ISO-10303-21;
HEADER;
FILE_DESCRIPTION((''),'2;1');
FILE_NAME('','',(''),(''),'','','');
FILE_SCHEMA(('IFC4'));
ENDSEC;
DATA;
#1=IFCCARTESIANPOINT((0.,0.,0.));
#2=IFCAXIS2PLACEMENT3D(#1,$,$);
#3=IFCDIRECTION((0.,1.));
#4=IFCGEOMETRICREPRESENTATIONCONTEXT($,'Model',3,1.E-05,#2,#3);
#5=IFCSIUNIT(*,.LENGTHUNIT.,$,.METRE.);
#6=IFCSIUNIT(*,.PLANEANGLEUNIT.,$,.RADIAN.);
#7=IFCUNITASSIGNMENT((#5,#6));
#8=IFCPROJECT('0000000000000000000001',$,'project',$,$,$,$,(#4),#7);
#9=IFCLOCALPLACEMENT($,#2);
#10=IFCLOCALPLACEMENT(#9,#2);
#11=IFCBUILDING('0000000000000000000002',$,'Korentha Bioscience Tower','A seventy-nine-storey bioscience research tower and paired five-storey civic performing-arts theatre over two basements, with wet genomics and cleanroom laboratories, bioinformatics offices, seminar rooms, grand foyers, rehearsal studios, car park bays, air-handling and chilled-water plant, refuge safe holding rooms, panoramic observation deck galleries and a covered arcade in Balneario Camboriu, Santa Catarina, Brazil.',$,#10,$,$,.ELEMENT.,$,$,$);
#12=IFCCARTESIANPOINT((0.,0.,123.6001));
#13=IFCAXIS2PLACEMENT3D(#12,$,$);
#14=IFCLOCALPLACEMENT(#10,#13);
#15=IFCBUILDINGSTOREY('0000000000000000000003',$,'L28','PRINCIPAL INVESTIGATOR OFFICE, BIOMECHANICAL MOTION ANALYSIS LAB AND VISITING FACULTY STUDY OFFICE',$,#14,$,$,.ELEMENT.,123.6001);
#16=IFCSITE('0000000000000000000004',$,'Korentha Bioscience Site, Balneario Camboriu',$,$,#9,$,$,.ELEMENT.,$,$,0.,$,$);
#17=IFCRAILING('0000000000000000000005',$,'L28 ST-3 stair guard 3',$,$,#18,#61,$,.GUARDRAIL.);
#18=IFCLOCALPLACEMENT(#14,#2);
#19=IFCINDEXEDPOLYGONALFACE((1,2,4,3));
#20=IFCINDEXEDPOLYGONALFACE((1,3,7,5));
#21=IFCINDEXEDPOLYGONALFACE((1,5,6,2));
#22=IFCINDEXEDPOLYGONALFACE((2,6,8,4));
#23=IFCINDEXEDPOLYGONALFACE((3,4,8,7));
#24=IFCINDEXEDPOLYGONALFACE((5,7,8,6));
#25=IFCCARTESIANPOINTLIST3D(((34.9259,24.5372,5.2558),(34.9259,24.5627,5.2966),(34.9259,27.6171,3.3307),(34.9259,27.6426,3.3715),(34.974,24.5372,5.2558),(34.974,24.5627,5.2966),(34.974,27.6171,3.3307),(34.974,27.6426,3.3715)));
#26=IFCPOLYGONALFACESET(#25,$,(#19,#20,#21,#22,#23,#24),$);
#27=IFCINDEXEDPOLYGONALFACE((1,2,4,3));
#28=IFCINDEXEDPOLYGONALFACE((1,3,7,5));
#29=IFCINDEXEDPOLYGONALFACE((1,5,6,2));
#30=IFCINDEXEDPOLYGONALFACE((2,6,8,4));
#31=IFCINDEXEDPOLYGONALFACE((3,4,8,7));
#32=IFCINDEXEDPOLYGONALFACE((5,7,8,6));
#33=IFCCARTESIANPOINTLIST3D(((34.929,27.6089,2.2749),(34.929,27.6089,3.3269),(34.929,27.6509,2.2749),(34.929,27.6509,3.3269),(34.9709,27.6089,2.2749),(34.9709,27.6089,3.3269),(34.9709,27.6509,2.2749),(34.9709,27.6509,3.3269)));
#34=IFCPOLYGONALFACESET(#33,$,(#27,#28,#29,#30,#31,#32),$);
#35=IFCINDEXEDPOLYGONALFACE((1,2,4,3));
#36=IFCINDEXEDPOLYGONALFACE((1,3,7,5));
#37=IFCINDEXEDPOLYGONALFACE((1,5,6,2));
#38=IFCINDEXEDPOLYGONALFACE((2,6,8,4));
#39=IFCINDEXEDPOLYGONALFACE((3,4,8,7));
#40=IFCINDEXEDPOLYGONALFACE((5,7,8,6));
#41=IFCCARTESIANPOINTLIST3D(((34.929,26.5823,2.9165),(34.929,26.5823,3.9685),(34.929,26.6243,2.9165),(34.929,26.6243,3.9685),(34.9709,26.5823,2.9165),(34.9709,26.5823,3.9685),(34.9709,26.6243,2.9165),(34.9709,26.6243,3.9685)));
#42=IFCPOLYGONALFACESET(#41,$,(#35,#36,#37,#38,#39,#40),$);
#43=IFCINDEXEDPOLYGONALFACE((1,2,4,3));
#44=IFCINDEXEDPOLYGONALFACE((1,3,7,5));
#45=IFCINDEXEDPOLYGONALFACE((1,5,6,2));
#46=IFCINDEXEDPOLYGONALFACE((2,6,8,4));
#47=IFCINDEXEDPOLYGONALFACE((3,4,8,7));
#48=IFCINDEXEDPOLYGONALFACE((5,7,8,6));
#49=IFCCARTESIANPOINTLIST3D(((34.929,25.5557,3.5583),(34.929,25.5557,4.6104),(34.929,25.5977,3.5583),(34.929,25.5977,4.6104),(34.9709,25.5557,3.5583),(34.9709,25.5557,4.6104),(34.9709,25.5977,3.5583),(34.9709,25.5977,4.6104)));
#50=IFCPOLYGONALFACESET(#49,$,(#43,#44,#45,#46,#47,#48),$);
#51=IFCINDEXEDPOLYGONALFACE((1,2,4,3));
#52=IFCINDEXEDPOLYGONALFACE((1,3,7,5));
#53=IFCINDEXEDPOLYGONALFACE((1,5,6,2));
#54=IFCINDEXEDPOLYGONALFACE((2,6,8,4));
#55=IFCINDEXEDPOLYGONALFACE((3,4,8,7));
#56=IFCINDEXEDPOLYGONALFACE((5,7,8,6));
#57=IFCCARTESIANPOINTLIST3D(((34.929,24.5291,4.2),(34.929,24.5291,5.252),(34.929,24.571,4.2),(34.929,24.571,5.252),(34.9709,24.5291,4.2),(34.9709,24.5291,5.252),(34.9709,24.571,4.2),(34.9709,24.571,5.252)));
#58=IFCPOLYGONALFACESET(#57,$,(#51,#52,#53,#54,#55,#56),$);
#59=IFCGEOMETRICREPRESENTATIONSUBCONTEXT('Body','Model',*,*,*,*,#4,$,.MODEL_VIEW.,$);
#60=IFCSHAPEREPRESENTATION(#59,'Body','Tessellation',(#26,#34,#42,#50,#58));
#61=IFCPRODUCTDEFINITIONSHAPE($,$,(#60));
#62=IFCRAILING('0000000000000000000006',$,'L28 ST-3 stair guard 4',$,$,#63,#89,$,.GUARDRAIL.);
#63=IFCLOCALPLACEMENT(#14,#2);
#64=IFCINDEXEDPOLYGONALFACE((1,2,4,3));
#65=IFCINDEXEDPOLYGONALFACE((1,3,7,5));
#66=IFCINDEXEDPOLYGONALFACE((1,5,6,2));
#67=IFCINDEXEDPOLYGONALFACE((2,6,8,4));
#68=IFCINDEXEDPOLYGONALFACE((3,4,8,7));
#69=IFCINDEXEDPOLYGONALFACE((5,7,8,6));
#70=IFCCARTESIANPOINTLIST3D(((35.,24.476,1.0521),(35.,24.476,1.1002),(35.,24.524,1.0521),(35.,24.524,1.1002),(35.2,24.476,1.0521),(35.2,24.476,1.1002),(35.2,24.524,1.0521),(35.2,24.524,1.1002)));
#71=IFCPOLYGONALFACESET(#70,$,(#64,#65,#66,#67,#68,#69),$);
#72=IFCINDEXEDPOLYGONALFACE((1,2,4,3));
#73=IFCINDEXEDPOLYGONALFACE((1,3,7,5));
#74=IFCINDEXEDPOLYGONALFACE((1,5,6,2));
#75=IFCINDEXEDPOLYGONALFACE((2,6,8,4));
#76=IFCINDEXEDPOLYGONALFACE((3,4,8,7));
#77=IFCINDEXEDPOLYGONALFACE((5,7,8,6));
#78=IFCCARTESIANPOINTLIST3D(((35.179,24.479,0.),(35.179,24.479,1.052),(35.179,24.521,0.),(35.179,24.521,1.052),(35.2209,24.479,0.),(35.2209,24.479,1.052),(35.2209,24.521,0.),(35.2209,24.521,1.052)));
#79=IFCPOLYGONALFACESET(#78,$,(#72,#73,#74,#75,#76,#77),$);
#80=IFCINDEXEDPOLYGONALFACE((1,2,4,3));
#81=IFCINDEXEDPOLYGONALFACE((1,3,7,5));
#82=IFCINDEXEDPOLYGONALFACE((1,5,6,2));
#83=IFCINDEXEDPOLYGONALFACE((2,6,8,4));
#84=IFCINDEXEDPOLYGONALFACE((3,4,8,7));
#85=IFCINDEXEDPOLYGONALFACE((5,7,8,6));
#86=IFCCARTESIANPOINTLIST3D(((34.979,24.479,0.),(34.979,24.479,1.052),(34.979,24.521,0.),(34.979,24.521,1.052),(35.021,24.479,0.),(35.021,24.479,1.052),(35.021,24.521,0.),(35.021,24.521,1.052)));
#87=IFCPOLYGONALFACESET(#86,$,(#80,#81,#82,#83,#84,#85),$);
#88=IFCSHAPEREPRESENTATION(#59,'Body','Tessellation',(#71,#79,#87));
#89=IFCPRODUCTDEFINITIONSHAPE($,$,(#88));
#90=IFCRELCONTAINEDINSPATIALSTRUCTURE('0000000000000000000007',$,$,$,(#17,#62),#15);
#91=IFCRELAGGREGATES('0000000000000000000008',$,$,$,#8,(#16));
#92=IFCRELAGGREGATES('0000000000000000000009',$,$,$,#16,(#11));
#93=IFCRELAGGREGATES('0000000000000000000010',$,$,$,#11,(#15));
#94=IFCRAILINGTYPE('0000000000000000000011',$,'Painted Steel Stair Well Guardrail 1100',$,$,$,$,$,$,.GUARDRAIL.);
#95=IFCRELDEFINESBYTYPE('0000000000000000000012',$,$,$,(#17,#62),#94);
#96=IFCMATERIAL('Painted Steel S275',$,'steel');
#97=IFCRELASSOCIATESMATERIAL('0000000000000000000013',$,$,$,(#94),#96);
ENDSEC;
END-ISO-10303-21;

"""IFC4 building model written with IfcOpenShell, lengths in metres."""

from ifc_helpers import new_model, si_unit, direction, frame, origin, origin_2d, place, context, subcontext, project, spatial, rectangle, extrude, material, type_object, element, save


model = new_model("IFC4")

# Units and contexts
model_context = context("Model", 3, precision=1e-05, world=origin(), true_north=direction((0.0, 1.0)))
body_context = subcontext(model_context, "Body", "Model", "MODEL_VIEW")
ifc_project = project(units=[si_unit("LENGTHUNIT", "METRE"), si_unit("PLANEANGLEUNIT", "RADIAN")], contexts=[model_context])

# Site, building, storey
site_placement = place(None, origin())
site = spatial("IfcSite", under=ifc_project, at=site_placement, Name="Korentha Bioscience Site, Balneario Camboriu", CompositionType="ELEMENT", RefElevation=0.0)
building_placement = place(site_placement, origin())
building = spatial("IfcBuilding", under=site, at=building_placement, Name="Korentha Bioscience Tower", Description="A seventy-nine-storey bioscience research tower and paired five-storey civic performing-arts theatre over two basements, with wet genomics and cleanroom laboratories, bioinformatics offices, seminar rooms, grand foyers, rehearsal studios, car park bays, air-handling and chilled-water plant, refuge safe holding rooms, panoramic observation deck galleries and a covered arcade in Balneario Camboriu, Santa Catarina, Brazil.", CompositionType="ELEMENT")
storey_placement = place(building_placement, frame((0.0, 0.0, 123.6001)))
storey = spatial("IfcBuildingStorey", under=building, at=storey_placement, Name="L28", Description="PRINCIPAL INVESTIGATOR OFFICE, BIOMECHANICAL MOTION ANALYSIS LAB AND VISITING FACULTY STUDY OFFICE", CompositionType="ELEMENT", Elevation=123.6001)

# Railings
ifc_material_1 = material(Name="Painted Steel S275", Category="steel")
railing_type_1 = type_object("IfcRailingType", Name="Painted Steel Stair Well Guardrail 1100", PredefinedType="GUARDRAIL", material=ifc_material_1)
railing_1_placement = place(storey_placement, frame((34.95, 27.6299, 2.2749)))
element("IfcRailing", 1, at=railing_1_placement, inside=storey, type_object=railing_type_1, Name="L28 ST-3 stair guard 3", PredefinedType="GUARDRAIL", context=body_context, shape_type="SweptSolid", body=[
    extrude(rectangle(XDim=0.0481, YDim=0.0481, at=origin_2d()), frame((0.0, 0.0, 1.0762), z_axis=(0.0, -0.847979, 0.530029), x_axis=(1.0, 0.0, 0.0)), (0.0, 0.0, 1.0), 3.6321),
    extrude(rectangle(XDim=0.042, YDim=0.042, at=origin_2d()), origin(), (0.0, 0.0, 1.0), 1.052),
    extrude(rectangle(XDim=0.042, YDim=0.042, at=origin_2d()), frame((0.0, -1.0266, 0.6416)), (0.0, 0.0, 1.0), 1.052),
    extrude(rectangle(XDim=0.042, YDim=0.042, at=origin_2d()), frame((0.0, -2.0532, 1.2834)), (0.0, 0.0, 1.0), 1.052),
    extrude(rectangle(XDim=0.042, YDim=0.042, at=origin_2d()), frame((0.0, -3.0798, 1.925)), (0.0, 0.0, 1.0), 1.052),
])
railing_2_placement = place(storey_placement, frame((35.2, 24.5, 0.0)))
element("IfcRailing", 2, at=railing_2_placement, inside=storey, type_object=railing_type_1, Name="L28 ST-3 stair guard 4", PredefinedType="GUARDRAIL", context=body_context, shape_type="SweptSolid", body=[
    extrude(rectangle(XDim=0.0481, YDim=0.0481, at=origin_2d()), frame((0.0, 0.0, 1.0762), z_axis=(-1.0, 0.0, 0.0), x_axis=(0.0, -1.0, 0.0)), (0.0, 0.0, 1.0), 0.2),
    extrude(rectangle(XDim=0.042, YDim=0.042, at=origin_2d()), origin(), (0.0, 0.0, 1.0), 1.052),
    extrude(rectangle(XDim=0.042, YDim=0.042, at=origin_2d()), frame((-0.2, 0.0, 0.0)), (0.0, 0.0, 1.0), 1.052),
])

save(model, "model.ifc")
